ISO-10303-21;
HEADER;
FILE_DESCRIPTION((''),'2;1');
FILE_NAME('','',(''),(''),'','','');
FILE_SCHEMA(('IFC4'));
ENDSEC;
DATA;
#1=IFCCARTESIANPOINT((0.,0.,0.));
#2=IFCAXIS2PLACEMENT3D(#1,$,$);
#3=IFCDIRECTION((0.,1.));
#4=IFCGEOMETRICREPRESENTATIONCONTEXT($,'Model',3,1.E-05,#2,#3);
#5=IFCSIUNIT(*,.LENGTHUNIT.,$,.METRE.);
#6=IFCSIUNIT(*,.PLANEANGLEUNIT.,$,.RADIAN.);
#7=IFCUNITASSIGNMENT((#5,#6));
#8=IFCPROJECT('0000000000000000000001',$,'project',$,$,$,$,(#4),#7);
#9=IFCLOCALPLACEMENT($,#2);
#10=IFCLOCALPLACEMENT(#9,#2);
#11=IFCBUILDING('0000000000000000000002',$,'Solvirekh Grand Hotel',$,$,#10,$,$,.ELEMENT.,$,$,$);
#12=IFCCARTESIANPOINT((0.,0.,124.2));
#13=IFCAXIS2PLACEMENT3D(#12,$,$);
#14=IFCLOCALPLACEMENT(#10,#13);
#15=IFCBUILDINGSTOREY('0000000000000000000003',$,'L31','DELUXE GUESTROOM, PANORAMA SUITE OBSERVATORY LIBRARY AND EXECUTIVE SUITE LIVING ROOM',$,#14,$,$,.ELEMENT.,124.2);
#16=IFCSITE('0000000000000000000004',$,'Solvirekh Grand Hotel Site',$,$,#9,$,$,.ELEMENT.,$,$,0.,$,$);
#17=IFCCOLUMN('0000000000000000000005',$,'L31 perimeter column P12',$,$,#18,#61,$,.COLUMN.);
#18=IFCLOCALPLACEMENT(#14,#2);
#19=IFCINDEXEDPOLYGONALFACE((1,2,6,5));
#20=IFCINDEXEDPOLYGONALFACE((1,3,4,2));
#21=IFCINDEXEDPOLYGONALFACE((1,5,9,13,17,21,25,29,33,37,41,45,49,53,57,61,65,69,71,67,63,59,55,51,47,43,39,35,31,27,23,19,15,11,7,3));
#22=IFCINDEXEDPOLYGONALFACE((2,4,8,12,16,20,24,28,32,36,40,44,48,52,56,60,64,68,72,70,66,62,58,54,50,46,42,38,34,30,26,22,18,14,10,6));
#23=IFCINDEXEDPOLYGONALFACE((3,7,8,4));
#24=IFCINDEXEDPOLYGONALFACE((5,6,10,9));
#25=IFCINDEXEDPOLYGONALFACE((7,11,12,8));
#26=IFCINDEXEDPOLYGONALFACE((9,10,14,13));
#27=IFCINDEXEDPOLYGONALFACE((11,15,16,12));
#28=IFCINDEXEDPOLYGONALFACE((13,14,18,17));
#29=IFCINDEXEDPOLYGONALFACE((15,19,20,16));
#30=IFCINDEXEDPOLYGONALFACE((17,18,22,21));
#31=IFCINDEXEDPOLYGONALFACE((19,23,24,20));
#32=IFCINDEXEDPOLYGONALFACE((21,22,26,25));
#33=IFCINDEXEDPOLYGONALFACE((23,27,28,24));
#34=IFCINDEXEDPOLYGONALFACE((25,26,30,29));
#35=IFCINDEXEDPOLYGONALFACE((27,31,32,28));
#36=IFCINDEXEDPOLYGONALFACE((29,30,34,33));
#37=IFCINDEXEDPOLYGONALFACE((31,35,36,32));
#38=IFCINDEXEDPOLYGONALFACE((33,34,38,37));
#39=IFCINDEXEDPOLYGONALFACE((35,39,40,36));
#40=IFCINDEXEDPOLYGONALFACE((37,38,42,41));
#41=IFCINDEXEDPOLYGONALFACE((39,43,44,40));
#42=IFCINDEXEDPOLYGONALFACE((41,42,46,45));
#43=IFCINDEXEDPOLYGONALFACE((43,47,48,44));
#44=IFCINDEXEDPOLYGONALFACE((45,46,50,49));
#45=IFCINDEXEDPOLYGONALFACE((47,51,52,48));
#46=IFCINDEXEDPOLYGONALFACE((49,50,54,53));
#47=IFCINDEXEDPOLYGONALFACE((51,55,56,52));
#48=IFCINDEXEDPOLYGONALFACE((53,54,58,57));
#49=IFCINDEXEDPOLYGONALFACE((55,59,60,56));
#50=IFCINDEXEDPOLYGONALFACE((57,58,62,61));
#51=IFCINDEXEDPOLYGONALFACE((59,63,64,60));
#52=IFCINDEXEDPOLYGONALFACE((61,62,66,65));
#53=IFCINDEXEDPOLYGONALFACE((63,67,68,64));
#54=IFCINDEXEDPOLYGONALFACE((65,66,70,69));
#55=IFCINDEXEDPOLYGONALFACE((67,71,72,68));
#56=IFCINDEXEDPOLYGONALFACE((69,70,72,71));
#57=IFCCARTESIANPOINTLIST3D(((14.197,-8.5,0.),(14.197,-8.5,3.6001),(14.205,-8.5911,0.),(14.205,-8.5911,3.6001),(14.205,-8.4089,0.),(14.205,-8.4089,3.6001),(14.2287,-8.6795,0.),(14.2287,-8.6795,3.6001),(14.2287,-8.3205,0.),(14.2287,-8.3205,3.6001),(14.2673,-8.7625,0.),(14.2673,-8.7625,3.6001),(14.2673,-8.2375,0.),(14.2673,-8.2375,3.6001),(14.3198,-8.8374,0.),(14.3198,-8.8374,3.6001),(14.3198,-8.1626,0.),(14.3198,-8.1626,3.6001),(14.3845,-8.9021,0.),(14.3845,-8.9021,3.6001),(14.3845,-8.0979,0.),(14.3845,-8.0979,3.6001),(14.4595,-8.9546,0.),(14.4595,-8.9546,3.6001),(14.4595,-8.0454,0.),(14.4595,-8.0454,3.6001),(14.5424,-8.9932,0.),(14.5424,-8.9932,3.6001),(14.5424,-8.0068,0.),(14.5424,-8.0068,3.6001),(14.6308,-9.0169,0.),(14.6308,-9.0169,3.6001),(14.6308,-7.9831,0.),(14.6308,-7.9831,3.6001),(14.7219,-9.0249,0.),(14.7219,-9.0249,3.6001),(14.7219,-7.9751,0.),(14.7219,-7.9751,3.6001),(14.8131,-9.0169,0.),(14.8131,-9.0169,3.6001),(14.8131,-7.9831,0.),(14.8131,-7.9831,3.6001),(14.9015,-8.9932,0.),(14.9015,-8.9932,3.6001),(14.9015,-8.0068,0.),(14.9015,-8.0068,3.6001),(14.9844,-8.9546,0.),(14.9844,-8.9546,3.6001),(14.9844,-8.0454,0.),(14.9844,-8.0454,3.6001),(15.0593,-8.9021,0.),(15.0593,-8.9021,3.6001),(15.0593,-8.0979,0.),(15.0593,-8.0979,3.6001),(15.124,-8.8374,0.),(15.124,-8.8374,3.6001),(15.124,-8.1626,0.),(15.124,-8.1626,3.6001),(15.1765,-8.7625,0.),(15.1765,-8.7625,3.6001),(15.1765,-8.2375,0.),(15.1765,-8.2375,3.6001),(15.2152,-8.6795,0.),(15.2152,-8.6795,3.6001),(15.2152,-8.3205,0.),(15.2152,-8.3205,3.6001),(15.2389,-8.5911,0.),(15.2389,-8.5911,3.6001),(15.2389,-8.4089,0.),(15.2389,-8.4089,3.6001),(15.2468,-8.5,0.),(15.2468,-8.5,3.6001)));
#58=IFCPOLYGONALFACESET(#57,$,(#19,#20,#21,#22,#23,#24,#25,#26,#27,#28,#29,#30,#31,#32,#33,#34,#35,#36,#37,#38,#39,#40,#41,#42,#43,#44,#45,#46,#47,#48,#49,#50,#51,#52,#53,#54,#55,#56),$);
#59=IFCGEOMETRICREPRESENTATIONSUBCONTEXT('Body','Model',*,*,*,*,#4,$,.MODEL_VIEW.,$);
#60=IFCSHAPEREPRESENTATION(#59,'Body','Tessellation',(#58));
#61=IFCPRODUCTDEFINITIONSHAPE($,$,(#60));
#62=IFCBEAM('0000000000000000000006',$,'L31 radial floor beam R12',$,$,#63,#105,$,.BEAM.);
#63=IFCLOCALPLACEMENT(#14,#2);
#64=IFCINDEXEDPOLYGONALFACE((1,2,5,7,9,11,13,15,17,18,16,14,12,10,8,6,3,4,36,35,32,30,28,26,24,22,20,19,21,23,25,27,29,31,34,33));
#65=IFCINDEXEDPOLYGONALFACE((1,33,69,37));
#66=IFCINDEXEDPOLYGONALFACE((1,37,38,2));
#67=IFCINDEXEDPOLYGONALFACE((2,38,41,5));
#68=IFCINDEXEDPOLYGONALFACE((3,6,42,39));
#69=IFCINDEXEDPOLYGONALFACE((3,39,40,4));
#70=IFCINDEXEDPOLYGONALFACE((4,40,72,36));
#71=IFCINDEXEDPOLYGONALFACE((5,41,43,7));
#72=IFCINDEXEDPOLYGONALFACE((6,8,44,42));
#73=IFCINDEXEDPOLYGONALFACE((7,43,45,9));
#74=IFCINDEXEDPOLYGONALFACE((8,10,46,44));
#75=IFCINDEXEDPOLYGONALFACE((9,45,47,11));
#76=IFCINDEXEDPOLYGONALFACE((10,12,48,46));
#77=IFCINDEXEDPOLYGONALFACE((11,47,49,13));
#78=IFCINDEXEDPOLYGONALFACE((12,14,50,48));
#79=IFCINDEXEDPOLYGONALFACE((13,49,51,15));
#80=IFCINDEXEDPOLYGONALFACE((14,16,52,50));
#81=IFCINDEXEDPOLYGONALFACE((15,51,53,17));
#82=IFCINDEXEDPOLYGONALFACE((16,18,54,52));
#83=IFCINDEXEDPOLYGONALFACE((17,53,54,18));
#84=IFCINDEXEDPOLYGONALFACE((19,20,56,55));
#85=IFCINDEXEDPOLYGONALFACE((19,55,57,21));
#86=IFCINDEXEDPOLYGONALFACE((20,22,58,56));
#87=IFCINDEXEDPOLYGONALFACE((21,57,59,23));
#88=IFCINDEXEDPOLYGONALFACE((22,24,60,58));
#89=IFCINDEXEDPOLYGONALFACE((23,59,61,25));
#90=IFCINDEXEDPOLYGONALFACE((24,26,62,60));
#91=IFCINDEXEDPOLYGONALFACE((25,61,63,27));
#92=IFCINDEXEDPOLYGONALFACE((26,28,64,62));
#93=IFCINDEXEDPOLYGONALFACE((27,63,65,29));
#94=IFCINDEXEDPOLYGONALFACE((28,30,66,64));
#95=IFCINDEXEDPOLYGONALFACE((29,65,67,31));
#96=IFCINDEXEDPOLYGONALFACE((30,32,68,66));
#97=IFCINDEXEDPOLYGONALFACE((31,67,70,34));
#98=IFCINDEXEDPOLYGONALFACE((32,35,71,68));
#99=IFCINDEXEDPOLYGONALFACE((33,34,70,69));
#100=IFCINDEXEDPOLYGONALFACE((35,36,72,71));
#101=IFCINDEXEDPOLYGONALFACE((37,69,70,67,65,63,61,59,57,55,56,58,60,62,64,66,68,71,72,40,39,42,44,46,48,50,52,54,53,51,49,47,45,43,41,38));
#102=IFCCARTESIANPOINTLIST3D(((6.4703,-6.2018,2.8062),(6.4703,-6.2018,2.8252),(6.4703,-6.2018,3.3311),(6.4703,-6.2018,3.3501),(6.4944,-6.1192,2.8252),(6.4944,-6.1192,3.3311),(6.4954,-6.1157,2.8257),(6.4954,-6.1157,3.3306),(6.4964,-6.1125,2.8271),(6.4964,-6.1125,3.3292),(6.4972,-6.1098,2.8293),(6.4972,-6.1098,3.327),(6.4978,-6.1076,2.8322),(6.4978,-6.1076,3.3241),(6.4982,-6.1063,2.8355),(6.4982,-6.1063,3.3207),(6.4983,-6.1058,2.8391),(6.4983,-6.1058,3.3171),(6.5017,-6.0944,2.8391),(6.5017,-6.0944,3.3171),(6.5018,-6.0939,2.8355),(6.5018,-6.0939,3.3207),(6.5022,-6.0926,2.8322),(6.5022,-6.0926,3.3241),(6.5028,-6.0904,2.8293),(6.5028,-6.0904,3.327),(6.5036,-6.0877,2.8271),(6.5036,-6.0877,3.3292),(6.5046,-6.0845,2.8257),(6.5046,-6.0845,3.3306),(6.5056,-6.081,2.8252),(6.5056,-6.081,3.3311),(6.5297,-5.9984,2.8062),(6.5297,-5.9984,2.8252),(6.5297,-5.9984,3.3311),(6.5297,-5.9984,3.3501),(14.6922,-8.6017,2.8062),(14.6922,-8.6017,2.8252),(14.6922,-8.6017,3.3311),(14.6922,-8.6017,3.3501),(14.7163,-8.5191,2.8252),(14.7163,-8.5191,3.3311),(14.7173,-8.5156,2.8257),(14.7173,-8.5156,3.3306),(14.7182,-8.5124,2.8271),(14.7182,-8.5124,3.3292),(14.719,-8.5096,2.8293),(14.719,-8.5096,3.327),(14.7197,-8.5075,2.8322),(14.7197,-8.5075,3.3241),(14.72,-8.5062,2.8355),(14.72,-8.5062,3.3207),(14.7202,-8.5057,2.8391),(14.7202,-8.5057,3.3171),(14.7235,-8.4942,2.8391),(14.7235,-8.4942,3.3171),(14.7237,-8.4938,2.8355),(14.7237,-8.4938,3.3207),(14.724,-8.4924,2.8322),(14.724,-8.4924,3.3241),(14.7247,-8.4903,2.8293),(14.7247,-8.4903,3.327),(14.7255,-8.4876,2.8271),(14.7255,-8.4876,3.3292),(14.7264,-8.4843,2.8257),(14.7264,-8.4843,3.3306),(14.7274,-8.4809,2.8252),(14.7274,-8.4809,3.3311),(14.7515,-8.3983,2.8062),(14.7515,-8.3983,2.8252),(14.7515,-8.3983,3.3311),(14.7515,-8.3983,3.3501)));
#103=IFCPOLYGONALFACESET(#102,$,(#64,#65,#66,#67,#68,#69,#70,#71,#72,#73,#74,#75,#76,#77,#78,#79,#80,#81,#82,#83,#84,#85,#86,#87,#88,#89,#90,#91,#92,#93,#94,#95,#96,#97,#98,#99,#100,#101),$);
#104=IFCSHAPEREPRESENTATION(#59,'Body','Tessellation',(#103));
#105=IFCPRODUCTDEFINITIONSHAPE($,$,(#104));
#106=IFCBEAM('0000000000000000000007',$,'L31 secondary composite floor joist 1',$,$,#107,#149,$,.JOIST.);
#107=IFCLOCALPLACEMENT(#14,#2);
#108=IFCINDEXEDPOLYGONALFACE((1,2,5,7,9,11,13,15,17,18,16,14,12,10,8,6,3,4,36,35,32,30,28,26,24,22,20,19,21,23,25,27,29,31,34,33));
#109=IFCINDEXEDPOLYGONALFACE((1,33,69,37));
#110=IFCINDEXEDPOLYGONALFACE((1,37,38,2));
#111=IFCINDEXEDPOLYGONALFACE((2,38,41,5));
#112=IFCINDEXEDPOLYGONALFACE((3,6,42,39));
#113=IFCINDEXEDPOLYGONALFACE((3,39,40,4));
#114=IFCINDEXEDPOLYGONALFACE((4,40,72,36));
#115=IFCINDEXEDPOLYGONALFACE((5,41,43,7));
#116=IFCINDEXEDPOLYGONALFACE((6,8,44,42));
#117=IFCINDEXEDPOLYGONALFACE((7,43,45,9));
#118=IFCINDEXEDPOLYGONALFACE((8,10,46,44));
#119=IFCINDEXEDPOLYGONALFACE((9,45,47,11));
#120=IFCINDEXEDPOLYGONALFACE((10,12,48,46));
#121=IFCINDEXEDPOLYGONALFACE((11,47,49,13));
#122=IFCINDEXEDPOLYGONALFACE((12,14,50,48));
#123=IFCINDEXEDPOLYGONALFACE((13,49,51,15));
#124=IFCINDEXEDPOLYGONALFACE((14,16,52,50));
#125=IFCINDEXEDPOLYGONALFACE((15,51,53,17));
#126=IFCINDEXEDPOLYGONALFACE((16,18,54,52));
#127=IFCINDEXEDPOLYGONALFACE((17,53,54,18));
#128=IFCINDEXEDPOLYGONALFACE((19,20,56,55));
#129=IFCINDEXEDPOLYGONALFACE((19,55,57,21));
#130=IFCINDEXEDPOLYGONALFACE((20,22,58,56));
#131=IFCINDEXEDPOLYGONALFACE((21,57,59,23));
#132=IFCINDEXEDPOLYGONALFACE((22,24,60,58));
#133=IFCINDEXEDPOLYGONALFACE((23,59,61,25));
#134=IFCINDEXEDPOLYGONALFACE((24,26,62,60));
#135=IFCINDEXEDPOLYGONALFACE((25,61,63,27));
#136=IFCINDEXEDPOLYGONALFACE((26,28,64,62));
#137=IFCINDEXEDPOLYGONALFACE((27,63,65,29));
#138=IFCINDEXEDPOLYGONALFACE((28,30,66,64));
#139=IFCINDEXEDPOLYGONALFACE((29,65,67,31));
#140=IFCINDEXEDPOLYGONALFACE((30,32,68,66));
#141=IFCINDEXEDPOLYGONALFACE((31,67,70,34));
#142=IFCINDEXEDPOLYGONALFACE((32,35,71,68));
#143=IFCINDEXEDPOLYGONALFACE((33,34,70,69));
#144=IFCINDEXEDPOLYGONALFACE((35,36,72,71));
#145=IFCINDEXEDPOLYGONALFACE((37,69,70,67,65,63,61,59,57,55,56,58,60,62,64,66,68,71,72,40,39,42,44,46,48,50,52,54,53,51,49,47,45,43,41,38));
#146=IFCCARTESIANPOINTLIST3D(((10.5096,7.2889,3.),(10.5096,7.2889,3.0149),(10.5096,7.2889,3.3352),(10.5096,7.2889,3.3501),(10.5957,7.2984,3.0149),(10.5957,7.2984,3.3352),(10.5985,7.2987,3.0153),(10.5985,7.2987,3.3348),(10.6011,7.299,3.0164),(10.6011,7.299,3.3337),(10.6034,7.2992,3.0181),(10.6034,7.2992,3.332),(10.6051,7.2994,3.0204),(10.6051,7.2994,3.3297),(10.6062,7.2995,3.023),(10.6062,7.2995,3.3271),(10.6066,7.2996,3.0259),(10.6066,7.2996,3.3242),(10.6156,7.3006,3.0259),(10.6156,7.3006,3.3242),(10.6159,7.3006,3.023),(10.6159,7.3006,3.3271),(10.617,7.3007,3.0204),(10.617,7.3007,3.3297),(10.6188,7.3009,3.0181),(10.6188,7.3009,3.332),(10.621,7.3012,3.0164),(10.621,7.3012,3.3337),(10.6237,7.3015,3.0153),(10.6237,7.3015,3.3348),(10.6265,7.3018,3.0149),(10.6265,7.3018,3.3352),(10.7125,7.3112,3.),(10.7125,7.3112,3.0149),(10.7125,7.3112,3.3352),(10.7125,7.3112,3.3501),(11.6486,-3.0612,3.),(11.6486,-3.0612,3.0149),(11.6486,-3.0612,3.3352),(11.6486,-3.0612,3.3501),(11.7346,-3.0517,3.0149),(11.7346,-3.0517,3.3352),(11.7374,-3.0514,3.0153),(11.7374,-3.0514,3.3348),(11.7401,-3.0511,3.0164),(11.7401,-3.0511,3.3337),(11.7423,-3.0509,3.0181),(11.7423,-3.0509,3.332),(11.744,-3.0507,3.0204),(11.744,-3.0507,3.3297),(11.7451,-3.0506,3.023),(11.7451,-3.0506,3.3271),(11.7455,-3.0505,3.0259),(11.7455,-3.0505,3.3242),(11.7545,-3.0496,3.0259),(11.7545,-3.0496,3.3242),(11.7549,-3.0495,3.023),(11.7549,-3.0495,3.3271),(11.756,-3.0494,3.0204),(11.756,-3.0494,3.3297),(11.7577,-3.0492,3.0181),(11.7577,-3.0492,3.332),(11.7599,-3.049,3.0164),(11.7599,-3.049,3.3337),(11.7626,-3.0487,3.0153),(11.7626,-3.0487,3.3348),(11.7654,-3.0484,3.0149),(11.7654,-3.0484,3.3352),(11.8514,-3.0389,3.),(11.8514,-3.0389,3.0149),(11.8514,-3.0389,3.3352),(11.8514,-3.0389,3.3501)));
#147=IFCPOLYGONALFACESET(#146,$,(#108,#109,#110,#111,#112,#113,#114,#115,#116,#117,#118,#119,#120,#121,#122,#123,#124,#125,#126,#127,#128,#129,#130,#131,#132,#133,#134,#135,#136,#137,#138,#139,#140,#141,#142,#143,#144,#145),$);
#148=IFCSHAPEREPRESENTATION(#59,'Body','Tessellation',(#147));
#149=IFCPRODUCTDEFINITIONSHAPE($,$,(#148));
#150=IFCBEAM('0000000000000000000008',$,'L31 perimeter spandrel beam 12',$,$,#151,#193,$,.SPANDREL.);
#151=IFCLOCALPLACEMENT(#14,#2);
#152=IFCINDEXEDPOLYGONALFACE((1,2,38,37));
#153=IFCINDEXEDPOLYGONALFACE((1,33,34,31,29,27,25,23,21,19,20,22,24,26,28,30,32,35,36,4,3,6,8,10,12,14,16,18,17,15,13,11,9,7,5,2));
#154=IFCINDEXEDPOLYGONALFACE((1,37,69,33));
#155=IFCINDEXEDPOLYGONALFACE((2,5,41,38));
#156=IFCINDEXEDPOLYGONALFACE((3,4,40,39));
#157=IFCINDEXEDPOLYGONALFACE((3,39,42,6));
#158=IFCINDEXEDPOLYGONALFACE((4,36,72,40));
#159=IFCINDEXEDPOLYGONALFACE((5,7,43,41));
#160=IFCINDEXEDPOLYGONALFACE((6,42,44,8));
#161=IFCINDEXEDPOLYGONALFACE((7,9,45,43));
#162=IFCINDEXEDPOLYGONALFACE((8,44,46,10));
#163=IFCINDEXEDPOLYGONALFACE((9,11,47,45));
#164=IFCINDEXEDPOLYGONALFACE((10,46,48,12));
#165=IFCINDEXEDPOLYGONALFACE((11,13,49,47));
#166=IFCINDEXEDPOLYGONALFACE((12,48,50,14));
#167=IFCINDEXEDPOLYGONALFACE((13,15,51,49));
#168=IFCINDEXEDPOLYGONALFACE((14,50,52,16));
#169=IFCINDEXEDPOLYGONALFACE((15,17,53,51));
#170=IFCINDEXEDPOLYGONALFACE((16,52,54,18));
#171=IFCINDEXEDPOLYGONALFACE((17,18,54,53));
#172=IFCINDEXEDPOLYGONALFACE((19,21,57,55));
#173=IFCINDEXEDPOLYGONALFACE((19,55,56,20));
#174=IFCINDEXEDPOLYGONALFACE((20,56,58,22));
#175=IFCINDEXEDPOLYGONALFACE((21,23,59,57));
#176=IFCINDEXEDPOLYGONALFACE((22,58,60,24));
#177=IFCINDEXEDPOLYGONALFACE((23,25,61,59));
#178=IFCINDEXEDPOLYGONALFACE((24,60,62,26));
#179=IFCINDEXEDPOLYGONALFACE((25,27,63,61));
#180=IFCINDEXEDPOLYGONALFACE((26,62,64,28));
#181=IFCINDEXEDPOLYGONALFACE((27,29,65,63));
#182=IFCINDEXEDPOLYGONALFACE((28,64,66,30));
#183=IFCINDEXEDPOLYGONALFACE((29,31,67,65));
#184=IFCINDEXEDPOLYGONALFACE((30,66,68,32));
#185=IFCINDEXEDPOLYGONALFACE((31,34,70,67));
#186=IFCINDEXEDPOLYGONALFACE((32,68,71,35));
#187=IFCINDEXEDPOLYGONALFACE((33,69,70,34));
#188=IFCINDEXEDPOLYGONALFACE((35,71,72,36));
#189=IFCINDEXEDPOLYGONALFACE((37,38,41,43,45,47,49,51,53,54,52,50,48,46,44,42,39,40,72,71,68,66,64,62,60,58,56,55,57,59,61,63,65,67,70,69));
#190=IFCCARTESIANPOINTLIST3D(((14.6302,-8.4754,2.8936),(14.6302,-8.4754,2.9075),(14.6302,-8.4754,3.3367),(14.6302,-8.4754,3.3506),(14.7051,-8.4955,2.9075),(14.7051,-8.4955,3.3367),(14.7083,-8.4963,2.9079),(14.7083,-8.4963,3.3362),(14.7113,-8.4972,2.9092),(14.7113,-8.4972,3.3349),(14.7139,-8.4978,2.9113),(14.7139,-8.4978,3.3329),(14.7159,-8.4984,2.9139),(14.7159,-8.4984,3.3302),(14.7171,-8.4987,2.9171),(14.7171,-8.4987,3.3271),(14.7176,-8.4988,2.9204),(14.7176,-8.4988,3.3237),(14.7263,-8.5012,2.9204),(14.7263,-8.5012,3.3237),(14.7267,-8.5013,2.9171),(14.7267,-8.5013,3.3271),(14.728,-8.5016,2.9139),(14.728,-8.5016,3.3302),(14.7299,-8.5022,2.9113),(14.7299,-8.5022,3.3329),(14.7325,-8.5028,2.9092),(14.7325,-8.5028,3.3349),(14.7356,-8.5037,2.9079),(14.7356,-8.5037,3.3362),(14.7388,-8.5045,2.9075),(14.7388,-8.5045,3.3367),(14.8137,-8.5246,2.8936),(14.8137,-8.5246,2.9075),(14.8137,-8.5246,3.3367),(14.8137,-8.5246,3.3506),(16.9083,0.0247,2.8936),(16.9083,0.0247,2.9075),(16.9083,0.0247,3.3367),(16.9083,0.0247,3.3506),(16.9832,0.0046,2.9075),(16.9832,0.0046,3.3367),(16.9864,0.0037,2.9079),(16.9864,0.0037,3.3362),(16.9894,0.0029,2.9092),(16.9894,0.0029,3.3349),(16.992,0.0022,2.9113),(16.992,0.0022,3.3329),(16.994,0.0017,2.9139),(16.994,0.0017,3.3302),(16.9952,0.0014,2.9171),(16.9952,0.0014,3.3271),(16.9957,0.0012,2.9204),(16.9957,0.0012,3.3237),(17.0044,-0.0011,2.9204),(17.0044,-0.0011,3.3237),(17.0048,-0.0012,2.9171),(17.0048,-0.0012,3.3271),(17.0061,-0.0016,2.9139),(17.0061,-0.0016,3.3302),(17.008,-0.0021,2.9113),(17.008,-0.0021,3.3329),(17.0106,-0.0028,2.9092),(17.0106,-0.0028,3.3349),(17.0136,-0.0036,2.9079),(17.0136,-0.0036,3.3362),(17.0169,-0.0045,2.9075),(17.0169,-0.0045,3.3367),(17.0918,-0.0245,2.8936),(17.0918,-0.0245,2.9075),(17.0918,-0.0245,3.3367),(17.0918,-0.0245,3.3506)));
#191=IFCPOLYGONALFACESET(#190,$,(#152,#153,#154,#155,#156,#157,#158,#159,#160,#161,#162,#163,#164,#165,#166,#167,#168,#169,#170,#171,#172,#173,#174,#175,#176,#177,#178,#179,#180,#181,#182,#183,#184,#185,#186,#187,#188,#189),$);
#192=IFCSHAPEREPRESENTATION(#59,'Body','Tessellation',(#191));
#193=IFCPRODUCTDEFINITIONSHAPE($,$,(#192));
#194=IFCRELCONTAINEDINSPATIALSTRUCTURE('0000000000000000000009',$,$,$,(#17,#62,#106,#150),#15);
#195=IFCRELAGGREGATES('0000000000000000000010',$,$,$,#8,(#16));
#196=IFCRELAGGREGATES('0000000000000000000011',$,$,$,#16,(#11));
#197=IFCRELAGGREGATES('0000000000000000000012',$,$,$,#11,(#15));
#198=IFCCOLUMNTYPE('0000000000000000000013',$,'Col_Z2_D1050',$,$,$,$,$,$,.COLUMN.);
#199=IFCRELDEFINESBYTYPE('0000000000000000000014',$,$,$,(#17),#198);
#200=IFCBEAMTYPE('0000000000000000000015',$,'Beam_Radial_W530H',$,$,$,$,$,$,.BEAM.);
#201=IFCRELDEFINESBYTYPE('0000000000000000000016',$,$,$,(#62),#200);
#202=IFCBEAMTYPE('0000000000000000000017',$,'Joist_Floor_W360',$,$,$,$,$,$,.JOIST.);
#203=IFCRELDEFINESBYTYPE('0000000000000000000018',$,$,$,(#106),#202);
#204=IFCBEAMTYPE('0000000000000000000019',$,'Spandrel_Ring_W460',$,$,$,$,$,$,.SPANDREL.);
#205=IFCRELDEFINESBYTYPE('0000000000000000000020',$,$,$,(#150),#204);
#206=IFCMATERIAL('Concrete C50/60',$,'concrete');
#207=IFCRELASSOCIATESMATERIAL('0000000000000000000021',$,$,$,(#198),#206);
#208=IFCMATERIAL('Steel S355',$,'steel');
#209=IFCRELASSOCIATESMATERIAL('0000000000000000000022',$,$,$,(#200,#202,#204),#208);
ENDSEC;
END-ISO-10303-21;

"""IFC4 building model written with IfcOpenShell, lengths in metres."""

from ifc_helpers import new_model, si_unit, direction, frame, origin, origin_2d, place, context, subcontext, project, spatial, circle, i_section, extrude, material, material_profile, profile_set, type_object, element, save


model = new_model("IFC4")

# Units and contexts
model_context = context("Model", 3, precision=1e-05, world=origin(), true_north=direction((0.0, 1.0)))
body_context = subcontext(model_context, "Body", "Model", "MODEL_VIEW")
ifc_project = project(units=[si_unit("LENGTHUNIT", "METRE"), si_unit("PLANEANGLEUNIT", "RADIAN")], contexts=[model_context])

# Site, building, storey
site_placement = place(None, origin())
site = spatial("IfcSite", under=ifc_project, at=site_placement, Name="Solvirekh Grand Hotel Site", CompositionType="ELEMENT", RefElevation=0.0)
building_placement = place(site_placement, origin())
building = spatial("IfcBuilding", under=site, at=building_placement, Name="Solvirekh Grand Hotel", CompositionType="ELEMENT")
storey_placement = place(building_placement, frame((0.0, 0.0, 124.2)))
storey = spatial("IfcBuildingStorey", under=building, at=storey_placement, Name="L31", Description="DELUXE GUESTROOM, PANORAMA SUITE OBSERVATORY LIBRARY AND EXECUTIVE SUITE LIVING ROOM", CompositionType="ELEMENT", Elevation=124.2)

# Column
ifc_material_1 = material(Name="Concrete C50/60", Category="concrete")
ifc_material_profile_1 = material_profile(ifc_material_1, circle(Radius=0.5249, at=origin_2d()), Name="RC CIRC D1050")
ifc_profile_set_1 = profile_set([ifc_material_profile_1], Name="Concrete C50/60")
column_type = type_object("IfcColumnType", Name="Col_Z2_D1050", PredefinedType="COLUMN", material=ifc_profile_set_1)
column_placement = place(storey_placement, frame((14.7219, -8.5, 0.0), z_axis=(0.0, 0.0, 1.0), x_axis=(1.0, 0.0, 0.0)))
element("IfcColumn", 1, at=column_placement, inside=storey, type_object=column_type, Name="L31 perimeter column P12", PredefinedType="COLUMN", context=body_context, shape_type="SweptSolid", body=[
    extrude(circle(Radius=0.5249, at=origin_2d()), origin(), (0.0, 0.0, 1.0), 3.6001),
])

# Beams
ifc_material_2 = material(Name="Steel S355", Category="steel")
ifc_material_profile_2 = material_profile(ifc_material_2, i_section(OverallWidth=0.2119, OverallDepth=0.5439, WebThickness=0.012, FlangeThickness=0.019, FilletRadius=0.0139, at=origin_2d()), Name="W530X123")
ifc_profile_set_2 = profile_set([ifc_material_profile_2], Name="Steel S355")
beam_type_1 = type_object("IfcBeamType", Name="Beam_Radial_W530H", PredefinedType="BEAM", material=ifc_profile_set_2)
beam_1_placement = place(storey_placement, frame((6.5, -6.1001, 3.0781), z_axis=(0.959942, -0.280198, 0.0), x_axis=(0.280198, 0.959942, 0.0)))
element("IfcBeam", 2, at=beam_1_placement, inside=storey, type_object=beam_type_1, Name="L31 radial floor beam R12", PredefinedType="BEAM", context=body_context, shape_type="SweptSolid", body=[
    extrude(i_section(OverallWidth=0.2119, OverallDepth=0.5439, WebThickness=0.012, FlangeThickness=0.019, FilletRadius=0.0139, at=origin_2d()), origin(), (0.0, 0.0, 1.0), 8.5649),
])
ifc_material_profile_3 = material_profile(ifc_material_2, i_section(OverallWidth=0.2041, OverallDepth=0.3501, WebThickness=0.009, FlangeThickness=0.0149, FilletRadius=0.011, at=origin_2d()), Name="W360X72")
ifc_profile_set_3 = profile_set([ifc_material_profile_3], Name="Steel S355")
beam_type_2 = type_object("IfcBeamType", Name="Joist_Floor_W360", PredefinedType="JOIST", material=ifc_profile_set_3)
beam_2_placement = place(storey_placement, frame((11.75, -3.05, 3.175), z_axis=(-0.109379, 0.994, 0.0), x_axis=(-0.994, -0.109379, 0.0)))
element("IfcBeam", 3, at=beam_2_placement, inside=storey, type_object=beam_type_2, Name="L31 secondary composite floor joist 1", PredefinedType="JOIST", context=body_context, shape_type="SweptSolid", body=[
    extrude(i_section(OverallWidth=0.2041, OverallDepth=0.3501, WebThickness=0.009, FlangeThickness=0.0149, FilletRadius=0.011, at=origin_2d()), origin(), (0.0, 0.0, 1.0), 10.4126),
])
ifc_material_profile_4 = material_profile(ifc_material_2, i_section(OverallWidth=0.1899, OverallDepth=0.457, WebThickness=0.009, FlangeThickness=0.0139, FilletRadius=0.0129, at=origin_2d()), Name="W460X74")
ifc_profile_set_4 = profile_set([ifc_material_profile_4], Name="Steel S355")
beam_type_3 = type_object("IfcBeamType", Name="Spandrel_Ring_W460", PredefinedType="SPANDREL", material=ifc_profile_set_4)
beam_3_placement = place(storey_placement, frame((14.7219, -8.5, 3.1221), z_axis=(0.258873, 0.965911, 0.0), x_axis=(-0.965911, 0.258873, 0.0)))
element("IfcBeam", 4, at=beam_3_placement, inside=storey, type_object=beam_type_3, Name="L31 perimeter spandrel beam 12", PredefinedType="SPANDREL", context=body_context, shape_type="SweptSolid", body=[
    extrude(i_section(OverallWidth=0.1899, OverallDepth=0.457, WebThickness=0.009, FlangeThickness=0.0139, FilletRadius=0.0129, at=origin_2d()), origin(), (0.0, 0.0, 1.0), 8.8),
])

save(model, "model.ifc")
